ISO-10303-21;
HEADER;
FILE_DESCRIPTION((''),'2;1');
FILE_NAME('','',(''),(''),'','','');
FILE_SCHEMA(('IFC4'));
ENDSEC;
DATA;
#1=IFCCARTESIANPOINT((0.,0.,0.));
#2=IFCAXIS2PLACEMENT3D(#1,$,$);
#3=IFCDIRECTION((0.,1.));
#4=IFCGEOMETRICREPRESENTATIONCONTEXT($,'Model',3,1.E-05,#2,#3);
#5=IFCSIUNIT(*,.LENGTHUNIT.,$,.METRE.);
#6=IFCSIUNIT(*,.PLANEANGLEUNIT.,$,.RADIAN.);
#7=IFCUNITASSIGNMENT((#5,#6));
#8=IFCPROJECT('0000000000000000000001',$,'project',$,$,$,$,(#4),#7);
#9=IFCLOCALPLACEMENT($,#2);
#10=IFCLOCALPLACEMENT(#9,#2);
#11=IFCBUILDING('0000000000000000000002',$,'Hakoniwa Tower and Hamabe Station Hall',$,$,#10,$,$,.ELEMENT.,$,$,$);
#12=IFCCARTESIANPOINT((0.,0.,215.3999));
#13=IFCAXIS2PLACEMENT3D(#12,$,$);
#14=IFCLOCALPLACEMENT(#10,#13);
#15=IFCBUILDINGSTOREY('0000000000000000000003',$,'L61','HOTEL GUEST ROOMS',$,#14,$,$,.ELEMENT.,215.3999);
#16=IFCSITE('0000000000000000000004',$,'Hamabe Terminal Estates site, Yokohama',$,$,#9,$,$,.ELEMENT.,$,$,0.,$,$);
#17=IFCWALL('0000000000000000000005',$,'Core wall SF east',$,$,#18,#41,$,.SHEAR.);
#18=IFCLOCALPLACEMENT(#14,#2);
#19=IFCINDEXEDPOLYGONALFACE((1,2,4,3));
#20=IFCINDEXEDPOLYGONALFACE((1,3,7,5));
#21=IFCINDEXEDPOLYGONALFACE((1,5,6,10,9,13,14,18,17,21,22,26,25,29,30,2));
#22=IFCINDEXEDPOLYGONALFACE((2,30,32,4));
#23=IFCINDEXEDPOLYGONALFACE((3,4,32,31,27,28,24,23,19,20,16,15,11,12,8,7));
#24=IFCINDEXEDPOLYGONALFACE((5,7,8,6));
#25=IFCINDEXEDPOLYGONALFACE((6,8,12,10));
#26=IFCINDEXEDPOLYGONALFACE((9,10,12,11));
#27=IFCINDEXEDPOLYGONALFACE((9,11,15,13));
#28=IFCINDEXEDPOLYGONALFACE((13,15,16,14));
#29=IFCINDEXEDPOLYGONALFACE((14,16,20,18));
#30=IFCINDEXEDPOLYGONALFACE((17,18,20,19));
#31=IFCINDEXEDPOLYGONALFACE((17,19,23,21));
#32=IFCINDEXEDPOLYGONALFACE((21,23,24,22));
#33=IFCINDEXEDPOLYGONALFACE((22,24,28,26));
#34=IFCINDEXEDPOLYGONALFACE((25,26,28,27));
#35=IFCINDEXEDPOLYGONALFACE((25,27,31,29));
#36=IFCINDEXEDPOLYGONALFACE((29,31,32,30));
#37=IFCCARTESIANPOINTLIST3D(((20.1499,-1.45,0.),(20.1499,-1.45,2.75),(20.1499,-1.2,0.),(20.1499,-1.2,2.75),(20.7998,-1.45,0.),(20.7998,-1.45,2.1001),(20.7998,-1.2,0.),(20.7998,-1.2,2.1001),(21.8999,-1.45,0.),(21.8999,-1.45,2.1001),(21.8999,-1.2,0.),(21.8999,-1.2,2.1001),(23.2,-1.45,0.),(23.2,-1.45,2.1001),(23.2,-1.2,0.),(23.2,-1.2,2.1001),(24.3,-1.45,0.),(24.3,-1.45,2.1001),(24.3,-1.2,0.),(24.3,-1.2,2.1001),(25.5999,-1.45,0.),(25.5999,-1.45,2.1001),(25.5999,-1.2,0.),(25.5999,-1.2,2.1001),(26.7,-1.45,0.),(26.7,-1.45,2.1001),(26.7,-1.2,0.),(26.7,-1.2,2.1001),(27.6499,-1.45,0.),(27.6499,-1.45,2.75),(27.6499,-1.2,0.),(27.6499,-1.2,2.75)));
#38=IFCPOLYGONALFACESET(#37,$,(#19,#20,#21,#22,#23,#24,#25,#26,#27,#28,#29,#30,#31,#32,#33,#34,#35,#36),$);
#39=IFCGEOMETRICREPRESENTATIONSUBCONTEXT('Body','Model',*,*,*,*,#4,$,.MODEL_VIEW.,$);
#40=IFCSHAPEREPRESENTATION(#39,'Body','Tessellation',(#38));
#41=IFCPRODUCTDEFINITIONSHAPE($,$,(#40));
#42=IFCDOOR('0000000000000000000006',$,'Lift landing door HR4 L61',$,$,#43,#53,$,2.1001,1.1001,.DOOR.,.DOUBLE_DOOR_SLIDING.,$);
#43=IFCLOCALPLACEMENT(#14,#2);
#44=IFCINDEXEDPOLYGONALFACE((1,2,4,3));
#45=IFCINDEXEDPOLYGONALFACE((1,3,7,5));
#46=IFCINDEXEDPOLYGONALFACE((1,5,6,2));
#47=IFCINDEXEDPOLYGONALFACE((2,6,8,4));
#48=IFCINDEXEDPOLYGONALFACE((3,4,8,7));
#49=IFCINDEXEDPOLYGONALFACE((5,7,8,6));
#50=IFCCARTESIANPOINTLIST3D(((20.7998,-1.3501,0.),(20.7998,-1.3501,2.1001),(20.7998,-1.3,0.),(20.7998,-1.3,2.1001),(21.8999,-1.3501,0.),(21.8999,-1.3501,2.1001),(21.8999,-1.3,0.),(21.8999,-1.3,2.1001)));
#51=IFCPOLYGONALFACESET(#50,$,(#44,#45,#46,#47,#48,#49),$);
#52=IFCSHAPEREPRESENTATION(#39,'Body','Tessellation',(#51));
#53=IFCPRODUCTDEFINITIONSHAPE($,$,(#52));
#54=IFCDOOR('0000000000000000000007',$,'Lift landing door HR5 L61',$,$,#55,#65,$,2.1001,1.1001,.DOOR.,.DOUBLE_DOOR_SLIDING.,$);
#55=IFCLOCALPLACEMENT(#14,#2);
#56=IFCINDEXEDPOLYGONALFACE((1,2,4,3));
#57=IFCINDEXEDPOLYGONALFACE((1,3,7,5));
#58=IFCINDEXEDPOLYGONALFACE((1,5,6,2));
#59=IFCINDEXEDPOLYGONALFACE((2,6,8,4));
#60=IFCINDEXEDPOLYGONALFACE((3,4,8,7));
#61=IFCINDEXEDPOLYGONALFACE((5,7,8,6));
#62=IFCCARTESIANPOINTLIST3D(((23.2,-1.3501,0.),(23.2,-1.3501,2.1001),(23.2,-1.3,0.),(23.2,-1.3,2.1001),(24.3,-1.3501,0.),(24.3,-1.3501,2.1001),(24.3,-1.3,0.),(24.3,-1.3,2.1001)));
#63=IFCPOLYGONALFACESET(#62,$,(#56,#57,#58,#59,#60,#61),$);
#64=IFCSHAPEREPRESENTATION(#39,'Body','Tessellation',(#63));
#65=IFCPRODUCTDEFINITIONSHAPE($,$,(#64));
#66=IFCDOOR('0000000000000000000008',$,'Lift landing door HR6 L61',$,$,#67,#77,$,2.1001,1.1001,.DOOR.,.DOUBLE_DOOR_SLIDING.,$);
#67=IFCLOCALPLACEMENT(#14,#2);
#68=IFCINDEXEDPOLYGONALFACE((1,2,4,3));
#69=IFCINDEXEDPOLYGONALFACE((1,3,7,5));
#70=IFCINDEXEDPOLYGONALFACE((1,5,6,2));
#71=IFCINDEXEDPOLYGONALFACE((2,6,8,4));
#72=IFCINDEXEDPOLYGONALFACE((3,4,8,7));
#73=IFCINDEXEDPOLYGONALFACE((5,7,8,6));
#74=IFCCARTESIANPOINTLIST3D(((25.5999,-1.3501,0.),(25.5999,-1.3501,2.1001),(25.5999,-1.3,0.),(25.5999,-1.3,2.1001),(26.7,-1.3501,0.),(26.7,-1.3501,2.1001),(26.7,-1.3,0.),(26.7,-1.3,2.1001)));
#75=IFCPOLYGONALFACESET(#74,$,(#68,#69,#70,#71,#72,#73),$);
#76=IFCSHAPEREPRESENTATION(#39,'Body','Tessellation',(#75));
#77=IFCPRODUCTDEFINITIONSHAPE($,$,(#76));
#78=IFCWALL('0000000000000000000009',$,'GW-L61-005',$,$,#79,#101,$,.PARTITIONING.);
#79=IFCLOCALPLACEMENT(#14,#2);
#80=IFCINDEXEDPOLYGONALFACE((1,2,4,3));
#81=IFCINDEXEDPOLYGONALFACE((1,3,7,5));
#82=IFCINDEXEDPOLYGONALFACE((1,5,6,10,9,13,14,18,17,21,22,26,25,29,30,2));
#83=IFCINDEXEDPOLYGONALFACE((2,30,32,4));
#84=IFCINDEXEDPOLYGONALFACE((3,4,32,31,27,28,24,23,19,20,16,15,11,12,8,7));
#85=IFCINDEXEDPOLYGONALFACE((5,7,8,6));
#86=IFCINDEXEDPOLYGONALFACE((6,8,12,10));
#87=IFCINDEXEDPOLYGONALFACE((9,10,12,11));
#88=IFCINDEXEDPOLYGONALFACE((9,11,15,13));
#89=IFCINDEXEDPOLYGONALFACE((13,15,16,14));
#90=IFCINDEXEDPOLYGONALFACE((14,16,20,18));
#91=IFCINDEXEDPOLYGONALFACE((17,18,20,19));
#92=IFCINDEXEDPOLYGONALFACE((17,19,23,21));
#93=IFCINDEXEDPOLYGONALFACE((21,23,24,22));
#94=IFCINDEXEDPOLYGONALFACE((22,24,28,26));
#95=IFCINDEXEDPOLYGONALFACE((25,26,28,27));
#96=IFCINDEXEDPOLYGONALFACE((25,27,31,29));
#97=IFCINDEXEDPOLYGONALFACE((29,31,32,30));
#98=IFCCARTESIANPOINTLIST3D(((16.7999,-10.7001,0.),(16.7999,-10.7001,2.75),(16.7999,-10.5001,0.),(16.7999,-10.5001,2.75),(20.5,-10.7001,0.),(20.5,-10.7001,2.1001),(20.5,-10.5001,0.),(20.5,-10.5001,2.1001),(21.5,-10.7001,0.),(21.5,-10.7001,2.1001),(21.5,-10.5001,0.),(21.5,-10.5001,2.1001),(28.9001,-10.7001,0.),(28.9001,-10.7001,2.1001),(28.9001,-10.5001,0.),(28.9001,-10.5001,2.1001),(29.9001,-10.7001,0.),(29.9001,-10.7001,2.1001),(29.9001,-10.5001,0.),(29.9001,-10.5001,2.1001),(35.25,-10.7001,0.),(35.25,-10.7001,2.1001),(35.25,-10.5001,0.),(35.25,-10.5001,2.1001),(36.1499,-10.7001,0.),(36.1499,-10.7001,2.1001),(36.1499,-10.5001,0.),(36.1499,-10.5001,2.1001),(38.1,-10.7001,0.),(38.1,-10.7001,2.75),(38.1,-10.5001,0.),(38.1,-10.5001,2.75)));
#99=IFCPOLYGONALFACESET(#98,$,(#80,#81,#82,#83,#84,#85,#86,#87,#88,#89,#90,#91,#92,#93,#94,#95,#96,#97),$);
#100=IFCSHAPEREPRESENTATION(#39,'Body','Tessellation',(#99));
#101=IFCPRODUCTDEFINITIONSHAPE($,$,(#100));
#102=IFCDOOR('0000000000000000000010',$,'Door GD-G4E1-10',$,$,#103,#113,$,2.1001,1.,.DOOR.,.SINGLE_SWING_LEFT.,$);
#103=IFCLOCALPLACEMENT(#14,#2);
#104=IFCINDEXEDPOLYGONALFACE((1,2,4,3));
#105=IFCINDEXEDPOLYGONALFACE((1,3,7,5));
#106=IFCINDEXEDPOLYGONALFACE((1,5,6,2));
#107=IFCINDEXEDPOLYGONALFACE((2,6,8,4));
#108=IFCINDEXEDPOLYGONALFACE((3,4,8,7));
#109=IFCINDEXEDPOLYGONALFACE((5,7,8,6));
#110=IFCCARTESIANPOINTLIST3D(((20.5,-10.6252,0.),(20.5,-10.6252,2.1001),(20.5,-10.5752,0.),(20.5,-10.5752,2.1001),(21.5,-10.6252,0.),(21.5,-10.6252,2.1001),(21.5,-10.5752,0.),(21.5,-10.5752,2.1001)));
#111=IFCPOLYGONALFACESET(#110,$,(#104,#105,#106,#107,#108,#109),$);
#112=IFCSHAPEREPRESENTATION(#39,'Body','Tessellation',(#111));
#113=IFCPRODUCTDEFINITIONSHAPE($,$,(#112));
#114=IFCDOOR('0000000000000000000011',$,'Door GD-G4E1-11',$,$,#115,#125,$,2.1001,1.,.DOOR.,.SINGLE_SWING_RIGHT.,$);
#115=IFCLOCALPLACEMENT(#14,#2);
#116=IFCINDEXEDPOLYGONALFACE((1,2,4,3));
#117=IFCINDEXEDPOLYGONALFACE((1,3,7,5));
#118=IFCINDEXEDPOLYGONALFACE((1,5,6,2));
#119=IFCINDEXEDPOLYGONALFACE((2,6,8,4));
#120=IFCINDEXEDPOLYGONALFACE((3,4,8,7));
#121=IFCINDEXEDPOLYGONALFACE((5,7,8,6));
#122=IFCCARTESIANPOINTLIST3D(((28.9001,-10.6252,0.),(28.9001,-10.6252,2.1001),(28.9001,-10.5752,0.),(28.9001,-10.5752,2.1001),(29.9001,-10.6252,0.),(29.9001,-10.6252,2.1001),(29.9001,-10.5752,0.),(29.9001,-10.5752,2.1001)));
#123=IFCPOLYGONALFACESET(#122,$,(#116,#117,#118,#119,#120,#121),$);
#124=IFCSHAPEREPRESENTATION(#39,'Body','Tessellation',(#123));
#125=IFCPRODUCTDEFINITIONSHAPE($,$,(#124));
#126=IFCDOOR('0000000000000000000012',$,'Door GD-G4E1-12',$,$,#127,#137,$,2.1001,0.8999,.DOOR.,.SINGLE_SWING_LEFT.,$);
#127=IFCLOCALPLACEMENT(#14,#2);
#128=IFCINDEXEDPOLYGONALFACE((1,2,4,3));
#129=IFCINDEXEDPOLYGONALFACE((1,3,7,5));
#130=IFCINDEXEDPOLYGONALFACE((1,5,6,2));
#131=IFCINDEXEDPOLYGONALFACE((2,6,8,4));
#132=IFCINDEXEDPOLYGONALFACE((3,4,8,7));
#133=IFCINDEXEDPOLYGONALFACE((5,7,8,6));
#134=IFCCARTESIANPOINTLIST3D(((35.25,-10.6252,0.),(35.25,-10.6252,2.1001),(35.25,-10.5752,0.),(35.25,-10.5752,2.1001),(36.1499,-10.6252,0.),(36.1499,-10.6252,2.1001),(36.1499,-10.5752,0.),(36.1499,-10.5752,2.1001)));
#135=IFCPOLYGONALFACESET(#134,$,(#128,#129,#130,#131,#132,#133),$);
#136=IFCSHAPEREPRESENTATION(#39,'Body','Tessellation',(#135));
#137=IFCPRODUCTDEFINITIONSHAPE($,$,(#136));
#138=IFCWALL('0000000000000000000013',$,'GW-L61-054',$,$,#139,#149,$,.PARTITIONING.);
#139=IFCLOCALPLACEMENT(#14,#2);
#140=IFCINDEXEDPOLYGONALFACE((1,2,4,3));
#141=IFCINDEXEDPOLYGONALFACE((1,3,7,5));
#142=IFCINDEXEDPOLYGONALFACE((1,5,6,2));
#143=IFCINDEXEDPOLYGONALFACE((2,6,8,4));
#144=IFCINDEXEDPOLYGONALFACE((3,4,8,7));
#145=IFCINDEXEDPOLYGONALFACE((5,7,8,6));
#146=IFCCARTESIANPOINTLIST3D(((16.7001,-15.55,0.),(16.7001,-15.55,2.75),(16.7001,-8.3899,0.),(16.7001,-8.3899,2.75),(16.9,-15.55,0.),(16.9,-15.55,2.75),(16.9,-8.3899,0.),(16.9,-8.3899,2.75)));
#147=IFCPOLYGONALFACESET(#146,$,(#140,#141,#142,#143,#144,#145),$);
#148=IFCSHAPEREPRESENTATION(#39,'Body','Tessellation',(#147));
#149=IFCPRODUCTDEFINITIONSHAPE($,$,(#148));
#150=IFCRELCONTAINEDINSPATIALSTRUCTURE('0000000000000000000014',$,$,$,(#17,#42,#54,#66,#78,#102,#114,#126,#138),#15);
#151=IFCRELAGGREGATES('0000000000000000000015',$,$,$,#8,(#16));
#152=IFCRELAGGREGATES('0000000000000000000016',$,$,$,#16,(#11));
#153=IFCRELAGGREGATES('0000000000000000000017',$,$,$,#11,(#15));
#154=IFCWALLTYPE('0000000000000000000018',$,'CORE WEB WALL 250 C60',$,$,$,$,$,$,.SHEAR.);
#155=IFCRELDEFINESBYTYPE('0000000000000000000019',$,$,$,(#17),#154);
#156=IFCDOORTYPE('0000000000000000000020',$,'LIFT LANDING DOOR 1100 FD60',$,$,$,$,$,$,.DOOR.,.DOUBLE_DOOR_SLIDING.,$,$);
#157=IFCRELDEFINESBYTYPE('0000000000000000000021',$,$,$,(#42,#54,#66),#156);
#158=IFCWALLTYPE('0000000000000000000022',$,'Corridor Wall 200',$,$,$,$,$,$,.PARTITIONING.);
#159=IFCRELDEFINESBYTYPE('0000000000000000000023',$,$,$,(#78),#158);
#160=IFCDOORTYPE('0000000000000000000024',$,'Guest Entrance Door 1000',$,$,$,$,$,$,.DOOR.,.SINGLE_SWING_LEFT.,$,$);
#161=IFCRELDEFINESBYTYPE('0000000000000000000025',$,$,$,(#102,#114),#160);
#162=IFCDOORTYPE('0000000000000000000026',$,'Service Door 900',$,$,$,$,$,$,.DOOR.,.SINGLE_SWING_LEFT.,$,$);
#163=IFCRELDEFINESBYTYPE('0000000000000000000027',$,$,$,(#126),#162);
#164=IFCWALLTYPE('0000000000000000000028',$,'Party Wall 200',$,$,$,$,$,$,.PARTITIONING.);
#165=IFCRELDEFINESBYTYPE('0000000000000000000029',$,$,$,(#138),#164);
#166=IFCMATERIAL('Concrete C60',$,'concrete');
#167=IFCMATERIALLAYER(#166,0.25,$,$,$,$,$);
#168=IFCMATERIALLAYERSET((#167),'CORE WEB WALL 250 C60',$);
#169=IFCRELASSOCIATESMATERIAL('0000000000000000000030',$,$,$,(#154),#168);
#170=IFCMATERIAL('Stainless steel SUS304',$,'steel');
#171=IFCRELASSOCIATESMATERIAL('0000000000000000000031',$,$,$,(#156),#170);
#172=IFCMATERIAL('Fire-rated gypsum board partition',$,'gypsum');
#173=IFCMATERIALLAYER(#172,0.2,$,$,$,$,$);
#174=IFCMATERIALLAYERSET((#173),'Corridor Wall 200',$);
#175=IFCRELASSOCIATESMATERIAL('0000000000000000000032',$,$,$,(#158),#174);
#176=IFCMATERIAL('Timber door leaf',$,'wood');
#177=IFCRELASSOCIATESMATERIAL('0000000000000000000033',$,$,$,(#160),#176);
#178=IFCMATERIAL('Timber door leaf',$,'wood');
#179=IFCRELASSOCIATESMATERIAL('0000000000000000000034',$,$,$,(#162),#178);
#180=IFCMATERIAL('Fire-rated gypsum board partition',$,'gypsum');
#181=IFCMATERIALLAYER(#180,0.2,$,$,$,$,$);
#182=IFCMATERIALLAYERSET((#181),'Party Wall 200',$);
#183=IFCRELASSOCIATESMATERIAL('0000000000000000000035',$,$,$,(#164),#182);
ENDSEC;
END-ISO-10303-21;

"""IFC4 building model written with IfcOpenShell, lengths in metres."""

from ifc_helpers import new_model, si_unit, direction, frame, frame_2d, origin, place, context, subcontext, project, spatial, rectangle, extrude, material, layer, layer_set, type_object, element, fill, save


model = new_model("IFC4")

# Units and contexts
model_context = context("Model", 3, precision=1e-05, world=origin(), true_north=direction((0.0, 1.0)))
body_context = subcontext(model_context, "Body", "Model", "MODEL_VIEW")
ifc_project = project(units=[si_unit("LENGTHUNIT", "METRE"), si_unit("PLANEANGLEUNIT", "RADIAN")], contexts=[model_context])

# Site, building, storey
site_placement = place(None, origin())
site = spatial("IfcSite", under=ifc_project, at=site_placement, Name="Hamabe Terminal Estates site, Yokohama", CompositionType="ELEMENT", RefElevation=0.0)
building_placement = place(site_placement, origin())
building = spatial("IfcBuilding", under=site, at=building_placement, Name="Hakoniwa Tower and Hamabe Station Hall", CompositionType="ELEMENT")
storey_placement = place(building_placement, frame((0.0, 0.0, 215.3999)))
storey = spatial("IfcBuildingStorey", under=building, at=storey_placement, Name="L61", Description="HOTEL GUEST ROOMS", CompositionType="ELEMENT", Elevation=215.3999)

# Shared definitions
ifc_material_1 = material(Name="Concrete C60", Category="concrete")
ifc_layer_1 = layer(ifc_material_1, 0.25)
ifc_layer_set_1 = layer_set([ifc_layer_1], Name="CORE WEB WALL 250 C60")
wall_type_1 = type_object("IfcWallType", Name="CORE WEB WALL 250 C60", PredefinedType="SHEAR", material=ifc_layer_set_1)

# Walls, openings, doors
wall_1_placement = place(storey_placement, frame((20.1499, -1.325, 0.0), z_axis=(0.0, 0.0, 1.0), x_axis=(1.0, 0.0, 0.0)))
wall_1 = element("IfcWall", 1, at=wall_1_placement, inside=storey, type_object=wall_type_1, Name="Core wall SF east", PredefinedType="SHEAR", context=body_context, shape_type="SweptSolid", body=[
    extrude(rectangle(XDim=7.5, YDim=0.25, at=frame_2d((3.75, 0.0))), origin(), (0.0, 0.0, 1.0), 2.75),
])
opening_1_placement = place(wall_1_placement, frame((0.6499, 0.0, 0.0)))
opening_1 = element("IfcOpeningElement", 2, at=opening_1_placement, cuts=wall_1, PredefinedType="OPENING", context=body_context, shape_type="SweptSolid", body=[
    extrude(rectangle(XDim=1.1001, YDim=2.1001, at=frame_2d((0.55, 1.05))), frame((0.0, 0.135, 0.0), z_axis=(0.0, -1.0, 0.0), x_axis=(1.0, 0.0, 0.0)), (0.0, 0.0, 1.0), 0.27),
])
opening_2_placement = place(wall_1_placement, frame((3.05, 0.0, 0.0)))
opening_2 = element("IfcOpeningElement", 3, at=opening_2_placement, cuts=wall_1, PredefinedType="OPENING", context=body_context, shape_type="SweptSolid", body=[
    extrude(rectangle(XDim=1.1001, YDim=2.1001, at=frame_2d((0.55, 1.05))), frame((0.0, 0.135, 0.0), z_axis=(0.0, -1.0, 0.0), x_axis=(1.0, 0.0, 0.0)), (0.0, 0.0, 1.0), 0.27),
])
opening_3_placement = place(wall_1_placement, frame((5.45, 0.0, 0.0)))
opening_3 = element("IfcOpeningElement", 4, at=opening_3_placement, cuts=wall_1, PredefinedType="OPENING", context=body_context, shape_type="SweptSolid", body=[
    extrude(rectangle(XDim=1.1001, YDim=2.1001, at=frame_2d((0.55, 1.05))), frame((0.0, 0.135, 0.0), z_axis=(0.0, -1.0, 0.0), x_axis=(1.0, 0.0, 0.0)), (0.0, 0.0, 1.0), 0.27),
])
ifc_material_2 = material(Name="Stainless steel SUS304", Category="steel")
door_type_1 = type_object("IfcDoorType", Name="LIFT LANDING DOOR 1100 FD60", OperationType="DOUBLE_DOOR_SLIDING", PredefinedType="DOOR", material=ifc_material_2)
door_1_placement = place(opening_1_placement, origin())
door_1 = element("IfcDoor", 5, at=door_1_placement, inside=storey, type_object=door_type_1, Name="Lift landing door HR4 L61", OperationType="DOUBLE_DOOR_SLIDING", OverallHeight=2.1001, OverallWidth=1.1001, PredefinedType="DOOR", context=body_context, shape_type="SweptSolid", body=[
    extrude(rectangle(XDim=1.1001, YDim=2.1001, at=frame_2d((0.55, 1.05))), frame((0.0, 0.0249, 0.0), z_axis=(0.0, -1.0, 0.0), x_axis=(1.0, 0.0, 0.0)), (0.0, 0.0, 1.0), 0.05),
])
fill(opening_1, door_1)
door_2_placement = place(opening_2_placement, origin())
door_2 = element("IfcDoor", 6, at=door_2_placement, inside=storey, type_object=door_type_1, Name="Lift landing door HR5 L61", OperationType="DOUBLE_DOOR_SLIDING", OverallHeight=2.1001, OverallWidth=1.1001, PredefinedType="DOOR", context=body_context, shape_type="SweptSolid", body=[
    extrude(rectangle(XDim=1.1001, YDim=2.1001, at=frame_2d((0.55, 1.05))), frame((0.0, 0.0249, 0.0), z_axis=(0.0, -1.0, 0.0), x_axis=(1.0, 0.0, 0.0)), (0.0, 0.0, 1.0), 0.05),
])
fill(opening_2, door_2)
door_3_placement = place(opening_3_placement, origin())
door_3 = element("IfcDoor", 7, at=door_3_placement, inside=storey, type_object=door_type_1, Name="Lift landing door HR6 L61", OperationType="DOUBLE_DOOR_SLIDING", OverallHeight=2.1001, OverallWidth=1.1001, PredefinedType="DOOR", context=body_context, shape_type="SweptSolid", body=[
    extrude(rectangle(XDim=1.1001, YDim=2.1001, at=frame_2d((0.55, 1.05))), frame((0.0, 0.0249, 0.0), z_axis=(0.0, -1.0, 0.0), x_axis=(1.0, 0.0, 0.0)), (0.0, 0.0, 1.0), 0.05),
])
fill(opening_3, door_3)
ifc_material_3 = material(Name="Fire-rated gypsum board partition", Category="gypsum")
ifc_layer_2 = layer(ifc_material_3, 0.2)
ifc_layer_set_2 = layer_set([ifc_layer_2], Name="Corridor Wall 200")
wall_type_2 = type_object("IfcWallType", Name="Corridor Wall 200", PredefinedType="PARTITIONING", material=ifc_layer_set_2)
wall_2_placement = place(storey_placement, frame((16.8, -10.6001, 0.0), z_axis=(0.0, 0.0, 1.0), x_axis=(1.0, 0.0, 0.0)))
wall_2 = element("IfcWall", 8, at=wall_2_placement, inside=storey, type_object=wall_type_2, Name="GW-L61-005", PredefinedType="PARTITIONING", context=body_context, shape_type="SweptSolid", body=[
    extrude(rectangle(XDim=21.3, YDim=0.2, at=frame_2d((10.6499, 0.0))), origin(), (0.0, 0.0, 1.0), 2.75),
])
opening_4_placement = place(wall_2_placement, frame((3.7, 0.0, 0.0)))
opening_4 = element("IfcOpeningElement", 9, at=opening_4_placement, cuts=wall_2, PredefinedType="OPENING", context=body_context, shape_type="SweptSolid", body=[
    extrude(rectangle(XDim=1.0, YDim=2.1001, at=frame_2d((0.5, 1.05))), frame((0.0, 0.1099, 0.0), z_axis=(0.0, -1.0, 0.0), x_axis=(1.0, 0.0, 0.0)), (0.0, 0.0, 1.0), 0.22),
])
opening_5_placement = place(wall_2_placement, frame((12.1001, 0.0, 0.0)))
opening_5 = element("IfcOpeningElement", 10, at=opening_5_placement, cuts=wall_2, PredefinedType="OPENING", context=body_context, shape_type="SweptSolid", body=[
    extrude(rectangle(XDim=1.0, YDim=2.1001, at=frame_2d((0.5, 1.05))), frame((0.0, 0.1099, 0.0), z_axis=(0.0, -1.0, 0.0), x_axis=(1.0, 0.0, 0.0)), (0.0, 0.0, 1.0), 0.22),
])
opening_6_placement = place(wall_2_placement, frame((18.45, 0.0, 0.0)))
opening_6 = element("IfcOpeningElement", 11, at=opening_6_placement, cuts=wall_2, PredefinedType="OPENING", context=body_context, shape_type="SweptSolid", body=[
    extrude(rectangle(XDim=0.8999, YDim=2.1001, at=frame_2d((0.45, 1.05))), frame((0.0, 0.1099, 0.0), z_axis=(0.0, -1.0, 0.0), x_axis=(1.0, 0.0, 0.0)), (0.0, 0.0, 1.0), 0.22),
])
ifc_material_4 = material(Name="Timber door leaf", Category="wood")
door_type_2 = type_object("IfcDoorType", Name="Guest Entrance Door 1000", OperationType="SINGLE_SWING_LEFT", PredefinedType="DOOR", material=ifc_material_4)
door_4_placement = place(opening_4_placement, origin())
door_4 = element("IfcDoor", 12, at=door_4_placement, inside=storey, type_object=door_type_2, Name="Door GD-G4E1-10", OperationType="SINGLE_SWING_LEFT", OverallHeight=2.1001, OverallWidth=1.0, PredefinedType="DOOR", context=body_context, shape_type="SweptSolid", body=[
    extrude(rectangle(XDim=1.0, YDim=2.1001, at=frame_2d((0.5, 1.05))), frame((0.0, 0.0249, 0.0), z_axis=(0.0, -1.0, 0.0), x_axis=(1.0, 0.0, 0.0)), (0.0, 0.0, 1.0), 0.05),
])
fill(opening_4, door_4)
door_5_placement = place(opening_5_placement, origin())
door_5 = element("IfcDoor", 13, at=door_5_placement, inside=storey, type_object=door_type_2, Name="Door GD-G4E1-11", OperationType="SINGLE_SWING_RIGHT", OverallHeight=2.1001, OverallWidth=1.0, PredefinedType="DOOR", context=body_context, shape_type="SweptSolid", body=[
    extrude(rectangle(XDim=1.0, YDim=2.1001, at=frame_2d((0.5, 1.05))), frame((0.0, 0.0249, 0.0), z_axis=(0.0, -1.0, 0.0), x_axis=(1.0, 0.0, 0.0)), (0.0, 0.0, 1.0), 0.05),
])
fill(opening_5, door_5)
ifc_material_5 = material(Name="Timber door leaf", Category="wood")
door_type_3 = type_object("IfcDoorType", Name="Service Door 900", OperationType="SINGLE_SWING_LEFT", PredefinedType="DOOR", material=ifc_material_5)
door_6_placement = place(opening_6_placement, origin())
door_6 = element("IfcDoor", 14, at=door_6_placement, inside=storey, type_object=door_type_3, Name="Door GD-G4E1-12", OperationType="SINGLE_SWING_LEFT", OverallHeight=2.1001, OverallWidth=0.8999, PredefinedType="DOOR", context=body_context, shape_type="SweptSolid", body=[
    extrude(rectangle(XDim=0.8999, YDim=2.1001, at=frame_2d((0.45, 1.05))), frame((0.0, 0.0249, 0.0), z_axis=(0.0, -1.0, 0.0), x_axis=(1.0, 0.0, 0.0)), (0.0, 0.0, 1.0), 0.05),
])
fill(opening_6, door_6)

# Wall
ifc_material_6 = material(Name="Fire-rated gypsum board partition", Category="gypsum")
ifc_layer_3 = layer(ifc_material_6, 0.2)
ifc_layer_set_3 = layer_set([ifc_layer_3], Name="Party Wall 200")
wall_type_3 = type_object("IfcWallType", Name="Party Wall 200", PredefinedType="PARTITIONING", material=ifc_layer_set_3)
wall_3_placement = place(storey_placement, frame((16.8, -15.55, 0.0), z_axis=(0.0, 0.0, 1.0), x_axis=(0.0, 1.0, 0.0)))
element("IfcWall", 15, at=wall_3_placement, inside=storey, type_object=wall_type_3, Name="GW-L61-054", PredefinedType="PARTITIONING", context=body_context, shape_type="SweptSolid", body=[
    extrude(rectangle(XDim=7.1602, YDim=0.2, at=frame_2d((3.5801, 0.0))), origin(), (0.0, 0.0, 1.0), 2.75),
])

save(model, "model.ifc")
